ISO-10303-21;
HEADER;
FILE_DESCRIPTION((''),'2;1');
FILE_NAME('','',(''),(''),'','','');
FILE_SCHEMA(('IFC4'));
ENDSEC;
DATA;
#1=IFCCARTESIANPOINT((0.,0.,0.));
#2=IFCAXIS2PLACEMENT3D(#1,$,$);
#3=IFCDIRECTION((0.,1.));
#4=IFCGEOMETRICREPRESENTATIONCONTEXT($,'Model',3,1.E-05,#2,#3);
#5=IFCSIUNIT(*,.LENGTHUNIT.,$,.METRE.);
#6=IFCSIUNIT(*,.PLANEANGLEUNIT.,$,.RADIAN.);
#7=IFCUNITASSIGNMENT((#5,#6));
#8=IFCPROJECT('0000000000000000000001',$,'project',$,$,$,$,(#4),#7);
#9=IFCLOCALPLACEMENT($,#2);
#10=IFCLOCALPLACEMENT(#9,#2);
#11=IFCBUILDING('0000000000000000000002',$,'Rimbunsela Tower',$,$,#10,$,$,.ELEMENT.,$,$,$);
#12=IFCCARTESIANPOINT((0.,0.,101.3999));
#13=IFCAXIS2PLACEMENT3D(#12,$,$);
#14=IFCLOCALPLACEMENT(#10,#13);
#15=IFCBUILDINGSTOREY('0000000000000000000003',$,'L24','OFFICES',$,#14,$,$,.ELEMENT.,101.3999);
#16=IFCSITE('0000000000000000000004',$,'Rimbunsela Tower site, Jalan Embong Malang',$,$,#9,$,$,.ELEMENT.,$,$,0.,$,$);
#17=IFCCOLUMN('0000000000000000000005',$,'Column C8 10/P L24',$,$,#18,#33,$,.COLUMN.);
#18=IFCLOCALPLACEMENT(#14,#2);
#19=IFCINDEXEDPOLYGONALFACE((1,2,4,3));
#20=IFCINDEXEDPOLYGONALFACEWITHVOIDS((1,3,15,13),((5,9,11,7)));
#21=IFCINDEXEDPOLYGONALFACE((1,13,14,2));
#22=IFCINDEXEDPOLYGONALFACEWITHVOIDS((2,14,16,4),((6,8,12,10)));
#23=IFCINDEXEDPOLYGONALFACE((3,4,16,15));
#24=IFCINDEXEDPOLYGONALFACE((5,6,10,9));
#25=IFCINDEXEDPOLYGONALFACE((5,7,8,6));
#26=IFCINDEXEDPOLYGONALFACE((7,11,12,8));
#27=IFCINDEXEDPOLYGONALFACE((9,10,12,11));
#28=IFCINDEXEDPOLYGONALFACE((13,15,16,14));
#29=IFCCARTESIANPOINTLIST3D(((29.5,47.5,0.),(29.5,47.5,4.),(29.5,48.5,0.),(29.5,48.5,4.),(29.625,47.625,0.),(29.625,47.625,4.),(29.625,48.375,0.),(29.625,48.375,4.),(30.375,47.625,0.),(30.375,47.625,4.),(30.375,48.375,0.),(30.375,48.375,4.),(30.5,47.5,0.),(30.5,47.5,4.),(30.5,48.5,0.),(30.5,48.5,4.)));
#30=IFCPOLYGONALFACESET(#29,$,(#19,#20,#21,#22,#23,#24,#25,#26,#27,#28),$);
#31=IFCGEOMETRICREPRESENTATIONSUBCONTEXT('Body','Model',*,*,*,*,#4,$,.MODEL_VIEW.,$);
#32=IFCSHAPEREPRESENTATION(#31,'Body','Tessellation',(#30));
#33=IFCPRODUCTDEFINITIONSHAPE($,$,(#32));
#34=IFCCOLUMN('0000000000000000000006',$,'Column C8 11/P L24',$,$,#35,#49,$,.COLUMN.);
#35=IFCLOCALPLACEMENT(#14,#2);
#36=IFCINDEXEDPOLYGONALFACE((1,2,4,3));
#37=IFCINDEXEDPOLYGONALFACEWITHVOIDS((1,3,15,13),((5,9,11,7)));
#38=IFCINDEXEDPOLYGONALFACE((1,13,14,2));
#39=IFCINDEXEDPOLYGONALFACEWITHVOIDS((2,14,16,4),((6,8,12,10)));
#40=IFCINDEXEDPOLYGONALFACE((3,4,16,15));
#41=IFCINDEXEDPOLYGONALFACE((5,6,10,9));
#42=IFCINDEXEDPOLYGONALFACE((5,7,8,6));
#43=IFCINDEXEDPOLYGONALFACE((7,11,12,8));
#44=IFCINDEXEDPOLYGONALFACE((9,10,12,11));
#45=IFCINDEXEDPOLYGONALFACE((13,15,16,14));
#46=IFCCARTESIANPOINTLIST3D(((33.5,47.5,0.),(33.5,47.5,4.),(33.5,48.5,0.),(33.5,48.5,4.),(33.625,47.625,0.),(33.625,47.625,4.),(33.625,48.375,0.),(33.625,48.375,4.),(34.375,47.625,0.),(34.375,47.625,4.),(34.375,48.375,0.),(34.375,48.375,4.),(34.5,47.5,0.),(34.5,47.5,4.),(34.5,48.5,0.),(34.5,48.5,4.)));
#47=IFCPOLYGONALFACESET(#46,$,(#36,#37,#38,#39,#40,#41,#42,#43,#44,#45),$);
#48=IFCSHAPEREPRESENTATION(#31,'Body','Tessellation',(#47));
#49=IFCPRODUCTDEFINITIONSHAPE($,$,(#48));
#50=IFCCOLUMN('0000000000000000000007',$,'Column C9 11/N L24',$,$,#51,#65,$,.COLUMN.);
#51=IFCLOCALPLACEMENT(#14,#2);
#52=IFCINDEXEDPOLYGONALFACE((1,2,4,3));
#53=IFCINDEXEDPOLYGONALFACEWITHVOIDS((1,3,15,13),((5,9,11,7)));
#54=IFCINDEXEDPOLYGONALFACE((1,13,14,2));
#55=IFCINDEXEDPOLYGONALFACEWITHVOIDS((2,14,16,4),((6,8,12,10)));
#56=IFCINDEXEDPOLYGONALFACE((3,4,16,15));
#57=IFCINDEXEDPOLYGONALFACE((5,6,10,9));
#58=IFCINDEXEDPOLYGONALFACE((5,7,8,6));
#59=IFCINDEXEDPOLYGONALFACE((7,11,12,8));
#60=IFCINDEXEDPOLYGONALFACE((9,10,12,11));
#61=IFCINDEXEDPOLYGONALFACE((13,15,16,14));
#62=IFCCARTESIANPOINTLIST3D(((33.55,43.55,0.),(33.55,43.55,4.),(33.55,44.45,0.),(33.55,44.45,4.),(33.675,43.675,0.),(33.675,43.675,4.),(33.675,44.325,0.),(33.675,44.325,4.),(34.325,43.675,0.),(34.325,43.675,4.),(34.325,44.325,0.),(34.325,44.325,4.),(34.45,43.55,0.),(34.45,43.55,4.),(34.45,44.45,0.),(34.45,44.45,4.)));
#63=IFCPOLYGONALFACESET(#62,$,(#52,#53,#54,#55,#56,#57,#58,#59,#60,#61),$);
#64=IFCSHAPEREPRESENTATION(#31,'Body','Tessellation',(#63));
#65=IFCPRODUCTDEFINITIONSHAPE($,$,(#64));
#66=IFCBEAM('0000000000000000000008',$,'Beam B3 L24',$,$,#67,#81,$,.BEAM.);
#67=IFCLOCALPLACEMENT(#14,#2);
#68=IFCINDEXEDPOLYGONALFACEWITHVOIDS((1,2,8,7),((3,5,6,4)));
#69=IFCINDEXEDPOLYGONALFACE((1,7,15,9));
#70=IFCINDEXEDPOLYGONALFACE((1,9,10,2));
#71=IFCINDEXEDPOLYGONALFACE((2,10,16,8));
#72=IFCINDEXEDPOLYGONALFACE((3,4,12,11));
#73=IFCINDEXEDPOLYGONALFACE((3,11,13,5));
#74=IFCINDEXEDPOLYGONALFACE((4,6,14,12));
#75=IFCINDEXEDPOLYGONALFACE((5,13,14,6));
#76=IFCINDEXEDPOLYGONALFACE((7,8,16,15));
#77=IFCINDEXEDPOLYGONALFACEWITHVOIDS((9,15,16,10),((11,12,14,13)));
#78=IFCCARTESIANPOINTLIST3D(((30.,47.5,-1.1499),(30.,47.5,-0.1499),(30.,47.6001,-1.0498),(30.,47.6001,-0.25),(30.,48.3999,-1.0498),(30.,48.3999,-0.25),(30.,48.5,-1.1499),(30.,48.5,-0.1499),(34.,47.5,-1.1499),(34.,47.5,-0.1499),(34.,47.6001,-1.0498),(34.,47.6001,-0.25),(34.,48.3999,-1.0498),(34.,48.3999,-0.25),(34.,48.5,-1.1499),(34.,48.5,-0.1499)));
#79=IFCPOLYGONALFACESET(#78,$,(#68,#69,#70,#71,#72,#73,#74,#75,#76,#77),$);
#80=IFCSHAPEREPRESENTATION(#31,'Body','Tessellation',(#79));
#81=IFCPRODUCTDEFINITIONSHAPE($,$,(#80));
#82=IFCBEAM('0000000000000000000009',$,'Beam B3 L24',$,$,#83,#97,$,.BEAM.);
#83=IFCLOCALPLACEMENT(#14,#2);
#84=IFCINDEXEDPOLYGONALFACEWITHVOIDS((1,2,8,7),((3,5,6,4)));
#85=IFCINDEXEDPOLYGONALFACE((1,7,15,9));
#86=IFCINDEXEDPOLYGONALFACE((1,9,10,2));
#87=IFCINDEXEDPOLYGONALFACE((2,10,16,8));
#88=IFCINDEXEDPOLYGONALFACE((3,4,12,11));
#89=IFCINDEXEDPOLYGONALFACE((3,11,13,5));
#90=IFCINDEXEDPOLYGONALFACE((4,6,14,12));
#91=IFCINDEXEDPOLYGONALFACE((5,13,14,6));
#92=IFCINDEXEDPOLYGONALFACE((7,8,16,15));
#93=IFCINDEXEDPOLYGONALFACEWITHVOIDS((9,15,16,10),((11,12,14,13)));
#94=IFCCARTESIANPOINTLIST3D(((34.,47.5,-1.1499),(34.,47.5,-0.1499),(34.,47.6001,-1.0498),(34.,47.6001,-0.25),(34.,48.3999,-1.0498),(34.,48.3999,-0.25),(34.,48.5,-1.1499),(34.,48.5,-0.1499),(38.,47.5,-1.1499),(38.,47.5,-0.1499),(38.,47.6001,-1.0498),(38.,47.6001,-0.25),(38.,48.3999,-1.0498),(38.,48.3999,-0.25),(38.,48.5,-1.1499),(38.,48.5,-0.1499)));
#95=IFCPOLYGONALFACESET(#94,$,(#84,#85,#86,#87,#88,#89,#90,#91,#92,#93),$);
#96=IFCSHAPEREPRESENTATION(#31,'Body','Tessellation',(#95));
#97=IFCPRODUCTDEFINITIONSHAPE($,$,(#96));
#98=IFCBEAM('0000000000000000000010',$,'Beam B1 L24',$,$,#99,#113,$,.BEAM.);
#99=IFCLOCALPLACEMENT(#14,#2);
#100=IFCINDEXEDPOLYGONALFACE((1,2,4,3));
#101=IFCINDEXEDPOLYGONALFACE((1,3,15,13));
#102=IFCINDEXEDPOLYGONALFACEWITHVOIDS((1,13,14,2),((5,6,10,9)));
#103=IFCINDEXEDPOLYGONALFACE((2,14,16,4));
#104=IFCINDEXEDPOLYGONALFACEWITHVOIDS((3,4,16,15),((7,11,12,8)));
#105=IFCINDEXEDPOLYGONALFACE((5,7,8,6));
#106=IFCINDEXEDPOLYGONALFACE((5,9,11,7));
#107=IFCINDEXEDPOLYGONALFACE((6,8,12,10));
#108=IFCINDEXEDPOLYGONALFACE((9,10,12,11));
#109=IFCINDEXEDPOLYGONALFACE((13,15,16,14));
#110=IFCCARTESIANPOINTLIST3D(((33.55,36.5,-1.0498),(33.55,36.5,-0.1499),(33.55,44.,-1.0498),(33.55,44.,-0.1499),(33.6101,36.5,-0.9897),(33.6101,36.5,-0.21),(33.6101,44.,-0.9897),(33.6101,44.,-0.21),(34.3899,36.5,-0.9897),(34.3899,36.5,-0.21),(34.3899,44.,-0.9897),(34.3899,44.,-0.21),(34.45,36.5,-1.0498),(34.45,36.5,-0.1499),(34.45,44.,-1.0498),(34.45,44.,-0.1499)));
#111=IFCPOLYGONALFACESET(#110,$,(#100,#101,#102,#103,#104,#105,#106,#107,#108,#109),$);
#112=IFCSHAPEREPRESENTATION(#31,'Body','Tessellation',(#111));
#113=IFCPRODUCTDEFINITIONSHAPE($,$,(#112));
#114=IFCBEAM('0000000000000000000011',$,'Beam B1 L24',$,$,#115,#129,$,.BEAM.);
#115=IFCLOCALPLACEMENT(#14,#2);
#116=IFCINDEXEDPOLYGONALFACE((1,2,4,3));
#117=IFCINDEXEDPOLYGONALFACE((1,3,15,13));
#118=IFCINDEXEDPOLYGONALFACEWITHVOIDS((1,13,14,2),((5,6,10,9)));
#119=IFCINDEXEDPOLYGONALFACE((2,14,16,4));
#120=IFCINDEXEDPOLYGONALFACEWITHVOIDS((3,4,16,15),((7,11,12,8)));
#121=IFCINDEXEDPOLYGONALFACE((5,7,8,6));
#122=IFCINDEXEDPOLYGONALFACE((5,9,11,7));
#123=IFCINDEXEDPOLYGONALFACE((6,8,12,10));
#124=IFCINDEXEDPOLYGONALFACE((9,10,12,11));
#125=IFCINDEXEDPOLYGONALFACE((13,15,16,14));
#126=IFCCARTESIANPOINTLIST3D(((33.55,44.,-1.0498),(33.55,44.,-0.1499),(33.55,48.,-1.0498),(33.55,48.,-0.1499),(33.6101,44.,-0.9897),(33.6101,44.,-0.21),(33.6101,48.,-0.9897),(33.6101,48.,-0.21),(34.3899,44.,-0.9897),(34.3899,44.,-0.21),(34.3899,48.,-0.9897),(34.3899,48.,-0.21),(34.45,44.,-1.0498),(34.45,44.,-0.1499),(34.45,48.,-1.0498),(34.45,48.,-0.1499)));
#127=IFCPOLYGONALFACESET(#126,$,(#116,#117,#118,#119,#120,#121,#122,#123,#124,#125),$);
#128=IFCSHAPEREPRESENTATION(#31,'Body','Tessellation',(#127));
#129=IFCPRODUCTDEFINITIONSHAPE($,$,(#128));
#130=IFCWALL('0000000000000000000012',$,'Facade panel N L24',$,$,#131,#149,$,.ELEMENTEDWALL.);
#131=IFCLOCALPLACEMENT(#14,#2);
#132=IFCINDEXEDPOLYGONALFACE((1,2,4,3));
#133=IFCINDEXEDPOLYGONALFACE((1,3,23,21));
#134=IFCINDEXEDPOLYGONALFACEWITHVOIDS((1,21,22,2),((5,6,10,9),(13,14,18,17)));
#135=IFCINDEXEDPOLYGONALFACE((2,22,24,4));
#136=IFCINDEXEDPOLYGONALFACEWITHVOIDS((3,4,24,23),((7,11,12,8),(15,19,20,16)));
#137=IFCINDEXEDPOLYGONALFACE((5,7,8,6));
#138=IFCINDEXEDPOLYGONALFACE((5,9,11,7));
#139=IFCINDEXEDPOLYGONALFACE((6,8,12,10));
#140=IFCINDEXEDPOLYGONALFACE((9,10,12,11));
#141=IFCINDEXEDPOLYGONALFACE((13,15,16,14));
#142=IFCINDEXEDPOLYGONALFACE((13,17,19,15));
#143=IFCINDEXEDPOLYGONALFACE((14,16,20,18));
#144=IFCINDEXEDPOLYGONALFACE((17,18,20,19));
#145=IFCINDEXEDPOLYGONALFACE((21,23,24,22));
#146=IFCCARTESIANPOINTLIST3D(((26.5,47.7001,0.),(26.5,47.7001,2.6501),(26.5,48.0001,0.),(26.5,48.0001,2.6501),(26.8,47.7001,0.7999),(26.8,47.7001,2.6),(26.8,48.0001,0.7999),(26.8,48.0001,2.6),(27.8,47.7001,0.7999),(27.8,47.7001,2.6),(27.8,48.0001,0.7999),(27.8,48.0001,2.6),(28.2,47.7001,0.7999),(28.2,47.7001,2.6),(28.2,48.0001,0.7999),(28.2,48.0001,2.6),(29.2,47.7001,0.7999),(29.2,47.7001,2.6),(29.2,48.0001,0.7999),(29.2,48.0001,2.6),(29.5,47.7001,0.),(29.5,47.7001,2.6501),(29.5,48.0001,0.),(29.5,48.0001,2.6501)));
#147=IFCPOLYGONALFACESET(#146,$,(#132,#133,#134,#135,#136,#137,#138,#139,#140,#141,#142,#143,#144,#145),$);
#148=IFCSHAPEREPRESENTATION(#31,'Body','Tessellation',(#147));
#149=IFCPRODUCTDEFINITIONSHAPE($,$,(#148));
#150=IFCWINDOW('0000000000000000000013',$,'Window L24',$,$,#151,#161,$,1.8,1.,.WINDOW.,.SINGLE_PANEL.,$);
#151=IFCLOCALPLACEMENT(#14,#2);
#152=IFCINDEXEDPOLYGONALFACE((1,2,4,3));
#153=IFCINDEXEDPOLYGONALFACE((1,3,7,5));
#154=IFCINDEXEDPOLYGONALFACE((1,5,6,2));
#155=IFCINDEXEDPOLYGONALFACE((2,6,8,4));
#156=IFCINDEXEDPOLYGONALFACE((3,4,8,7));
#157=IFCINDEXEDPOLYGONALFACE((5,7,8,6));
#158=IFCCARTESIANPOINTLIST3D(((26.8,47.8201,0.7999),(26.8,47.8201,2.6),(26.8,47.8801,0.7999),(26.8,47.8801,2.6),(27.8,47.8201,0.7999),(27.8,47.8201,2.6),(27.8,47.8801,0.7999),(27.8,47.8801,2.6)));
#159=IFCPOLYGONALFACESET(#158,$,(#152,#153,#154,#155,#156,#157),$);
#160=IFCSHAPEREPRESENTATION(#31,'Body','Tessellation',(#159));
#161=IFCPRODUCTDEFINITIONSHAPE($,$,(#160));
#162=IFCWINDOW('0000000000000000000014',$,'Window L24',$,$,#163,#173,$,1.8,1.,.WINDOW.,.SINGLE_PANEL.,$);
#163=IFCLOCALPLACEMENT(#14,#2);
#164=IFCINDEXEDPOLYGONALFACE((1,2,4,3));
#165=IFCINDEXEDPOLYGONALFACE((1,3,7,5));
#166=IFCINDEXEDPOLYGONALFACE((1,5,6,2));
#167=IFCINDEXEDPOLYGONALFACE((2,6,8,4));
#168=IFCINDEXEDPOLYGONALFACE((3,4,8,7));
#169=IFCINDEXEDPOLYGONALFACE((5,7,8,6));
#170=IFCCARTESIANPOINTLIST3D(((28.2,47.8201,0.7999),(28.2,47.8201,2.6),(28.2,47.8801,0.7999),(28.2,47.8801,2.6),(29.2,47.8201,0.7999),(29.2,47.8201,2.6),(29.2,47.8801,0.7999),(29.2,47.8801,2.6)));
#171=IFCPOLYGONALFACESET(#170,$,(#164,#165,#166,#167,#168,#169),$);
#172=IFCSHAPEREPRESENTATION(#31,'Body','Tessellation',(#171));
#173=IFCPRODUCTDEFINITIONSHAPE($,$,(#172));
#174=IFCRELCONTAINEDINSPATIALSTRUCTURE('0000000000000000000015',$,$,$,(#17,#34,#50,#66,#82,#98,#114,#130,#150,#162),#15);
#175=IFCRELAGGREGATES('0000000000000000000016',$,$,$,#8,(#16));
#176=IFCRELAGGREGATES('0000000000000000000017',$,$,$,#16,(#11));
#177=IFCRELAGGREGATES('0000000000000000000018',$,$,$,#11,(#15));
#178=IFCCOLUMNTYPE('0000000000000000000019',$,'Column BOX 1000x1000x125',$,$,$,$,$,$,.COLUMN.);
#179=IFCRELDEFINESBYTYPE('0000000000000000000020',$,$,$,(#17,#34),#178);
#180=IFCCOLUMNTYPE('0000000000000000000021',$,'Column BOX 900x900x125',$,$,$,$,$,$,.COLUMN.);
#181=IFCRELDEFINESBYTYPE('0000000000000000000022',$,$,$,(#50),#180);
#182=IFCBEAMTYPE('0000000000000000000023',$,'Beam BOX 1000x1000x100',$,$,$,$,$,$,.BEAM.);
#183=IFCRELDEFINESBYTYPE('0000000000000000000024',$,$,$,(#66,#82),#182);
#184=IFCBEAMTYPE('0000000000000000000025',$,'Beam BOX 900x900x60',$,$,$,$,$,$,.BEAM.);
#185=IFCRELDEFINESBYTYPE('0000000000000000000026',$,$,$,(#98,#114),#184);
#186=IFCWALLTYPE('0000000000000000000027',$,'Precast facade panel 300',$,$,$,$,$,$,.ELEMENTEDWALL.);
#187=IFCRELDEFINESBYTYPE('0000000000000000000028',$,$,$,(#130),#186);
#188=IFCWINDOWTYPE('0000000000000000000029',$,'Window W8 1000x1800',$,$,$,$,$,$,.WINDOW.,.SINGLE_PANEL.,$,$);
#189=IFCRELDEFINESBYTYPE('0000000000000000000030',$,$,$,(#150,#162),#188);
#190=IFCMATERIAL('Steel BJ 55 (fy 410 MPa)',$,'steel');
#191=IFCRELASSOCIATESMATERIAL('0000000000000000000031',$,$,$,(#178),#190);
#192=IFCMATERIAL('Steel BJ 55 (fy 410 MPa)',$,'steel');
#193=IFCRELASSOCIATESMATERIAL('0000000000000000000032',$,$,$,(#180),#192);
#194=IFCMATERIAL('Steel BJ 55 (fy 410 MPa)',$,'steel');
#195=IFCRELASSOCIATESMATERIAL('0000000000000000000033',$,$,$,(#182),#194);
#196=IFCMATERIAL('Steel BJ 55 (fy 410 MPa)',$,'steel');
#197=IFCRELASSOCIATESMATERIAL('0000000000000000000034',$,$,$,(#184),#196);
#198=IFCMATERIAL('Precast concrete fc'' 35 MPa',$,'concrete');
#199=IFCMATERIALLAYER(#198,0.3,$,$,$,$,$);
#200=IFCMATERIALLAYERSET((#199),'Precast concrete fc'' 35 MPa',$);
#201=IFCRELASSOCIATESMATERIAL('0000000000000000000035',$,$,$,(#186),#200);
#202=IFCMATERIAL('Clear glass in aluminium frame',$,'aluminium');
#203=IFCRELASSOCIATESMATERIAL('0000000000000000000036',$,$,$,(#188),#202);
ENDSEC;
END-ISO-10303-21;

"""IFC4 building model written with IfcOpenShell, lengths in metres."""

from ifc_helpers import new_model, si_unit, direction, frame, frame_2d, origin, origin_2d, place, context, subcontext, project, spatial, rectangle, hollow_rectangle, extrude, material, layer, layer_set, material_profile, profile_set, type_object, element, fill, save


model = new_model("IFC4")

# Units and contexts
model_context = context("Model", 3, precision=1e-05, world=origin(), true_north=direction((0.0, 1.0)))
body_context = subcontext(model_context, "Body", "Model", "MODEL_VIEW")
ifc_project = project(units=[si_unit("LENGTHUNIT", "METRE"), si_unit("PLANEANGLEUNIT", "RADIAN")], contexts=[model_context])

# Site, building, storey
site_placement = place(None, origin())
site = spatial("IfcSite", under=ifc_project, at=site_placement, Name="Rimbunsela Tower site, Jalan Embong Malang", CompositionType="ELEMENT", RefElevation=0.0)
building_placement = place(site_placement, origin())
building = spatial("IfcBuilding", under=site, at=building_placement, Name="Rimbunsela Tower", CompositionType="ELEMENT")
storey_placement = place(building_placement, frame((0.0, 0.0, 101.3999)))
storey = spatial("IfcBuildingStorey", under=building, at=storey_placement, Name="L24", Description="OFFICES", CompositionType="ELEMENT", Elevation=101.3999)

# Columns
ifc_material_1 = material(Name="Steel BJ 55 (fy 410 MPa)", Category="steel")
ifc_material_profile_1 = material_profile(ifc_material_1, hollow_rectangle(XDim=1.0, YDim=1.0, WallThickness=0.125, at=origin_2d()), Name="BOX 1000x1000x125")
ifc_profile_set_1 = profile_set([ifc_material_profile_1], Name="Steel BJ 55 (fy 410 MPa)")
column_type_1 = type_object("IfcColumnType", Name="Column BOX 1000x1000x125", PredefinedType="COLUMN", material=ifc_profile_set_1)
for number, where, z_axis, x_axis, name in (
    (1, (30.0, 48.0, 0.0), (0.0, 0.0, 1.0), (1.0, 0.0, 0.0), "Column C8 10/P L24"),
    (2, (34.0, 48.0, 0.0), (0.0, 0.0, 1.0), (1.0, 0.0, 0.0), "Column C8 11/P L24"),
):
    element("IfcColumn", number, at=place(storey_placement, frame(where, z_axis=z_axis, x_axis=x_axis)), inside=storey, type_object=column_type_1, Name=name, PredefinedType="COLUMN", context=body_context, shape_type="SweptSolid", body=[
        extrude(hollow_rectangle(XDim=1.0, YDim=1.0, WallThickness=0.125, at=origin_2d()), origin(), (0.0, 0.0, 1.0), 4.0),
    ])
ifc_material_2 = material(Name="Steel BJ 55 (fy 410 MPa)", Category="steel")
ifc_material_profile_2 = material_profile(ifc_material_2, hollow_rectangle(XDim=0.8999, YDim=0.8999, WallThickness=0.125, at=origin_2d()), Name="BOX 900x900x125")
ifc_profile_set_2 = profile_set([ifc_material_profile_2], Name="Steel BJ 55 (fy 410 MPa)")
column_type_2 = type_object("IfcColumnType", Name="Column BOX 900x900x125", PredefinedType="COLUMN", material=ifc_profile_set_2)
column_placement = place(storey_placement, frame((34.0, 44.0, 0.0), z_axis=(0.0, 0.0, 1.0), x_axis=(1.0, 0.0, 0.0)))
element("IfcColumn", 3, at=column_placement, inside=storey, type_object=column_type_2, Name="Column C9 11/N L24", PredefinedType="COLUMN", context=body_context, shape_type="SweptSolid", body=[
    extrude(hollow_rectangle(XDim=0.8999, YDim=0.8999, WallThickness=0.125, at=origin_2d()), origin(), (0.0, 0.0, 1.0), 4.0),
])

# Beams
ifc_material_3 = material(Name="Steel BJ 55 (fy 410 MPa)", Category="steel")
ifc_material_profile_3 = material_profile(ifc_material_3, hollow_rectangle(XDim=1.0, YDim=1.0, WallThickness=0.1001, at=origin_2d()), Name="BOX 1000x1000x100")
ifc_profile_set_3 = profile_set([ifc_material_profile_3], Name="Steel BJ 55 (fy 410 MPa)")
beam_type_1 = type_object("IfcBeamType", Name="Beam BOX 1000x1000x100", PredefinedType="BEAM", material=ifc_profile_set_3)
for number, where, z_axis, x_axis, name in (
    (4, (30.0, 48.0, -0.6499), (1.0, 0.0, 0.0), (0.0, 1.0, 0.0), "Beam B3 L24"),
    (5, (34.0, 48.0, -0.6499), (1.0, 0.0, 0.0), (0.0, 1.0, 0.0), "Beam B3 L24"),
):
    element("IfcBeam", number, at=place(storey_placement, frame(where, z_axis=z_axis, x_axis=x_axis)), inside=storey, type_object=beam_type_1, Name=name, PredefinedType="BEAM", context=body_context, shape_type="SweptSolid", body=[
        extrude(hollow_rectangle(XDim=1.0, YDim=1.0, WallThickness=0.1001, at=origin_2d()), origin(), (0.0, 0.0, 1.0), 4.0),
    ])
ifc_material_4 = material(Name="Steel BJ 55 (fy 410 MPa)", Category="steel")
ifc_material_profile_4 = material_profile(ifc_material_4, hollow_rectangle(XDim=0.8999, YDim=0.8999, WallThickness=0.0601, at=origin_2d()), Name="BOX 900x900x60")
ifc_profile_set_4 = profile_set([ifc_material_profile_4], Name="Steel BJ 55 (fy 410 MPa)")
beam_type_2 = type_object("IfcBeamType", Name="Beam BOX 900x900x60", PredefinedType="BEAM", material=ifc_profile_set_4)
beam_1_placement = place(storey_placement, frame((34.0, 36.5, -0.5999), z_axis=(0.0, 1.0, 0.0), x_axis=(-1.0, 0.0, 0.0)))
element("IfcBeam", 6, at=beam_1_placement, inside=storey, type_object=beam_type_2, Name="Beam B1 L24", PredefinedType="BEAM", context=body_context, shape_type="SweptSolid", body=[
    extrude(hollow_rectangle(XDim=0.8999, YDim=0.8999, WallThickness=0.0601, at=origin_2d()), origin(), (0.0, 0.0, 1.0), 7.5),
])
beam_2_placement = place(storey_placement, frame((34.0, 44.0, -0.5999), z_axis=(0.0, 1.0, 0.0), x_axis=(-1.0, 0.0, 0.0)))
element("IfcBeam", 7, at=beam_2_placement, inside=storey, type_object=beam_type_2, Name="Beam B1 L24", PredefinedType="BEAM", context=body_context, shape_type="SweptSolid", body=[
    extrude(hollow_rectangle(XDim=0.8999, YDim=0.8999, WallThickness=0.0601, at=origin_2d()), origin(), (0.0, 0.0, 1.0), 4.0),
])

# Wall, openings, windows
ifc_material_5 = material(Name="Precast concrete fc' 35 MPa", Category="concrete")
ifc_layer_1 = layer(ifc_material_5, 0.3)
ifc_layer_set_1 = layer_set([ifc_layer_1], Name="Precast concrete fc' 35 MPa")
wall_type_1 = type_object("IfcWallType", Name="Precast facade panel 300", PredefinedType="ELEMENTEDWALL", material=ifc_layer_set_1)
wall_1_placement = place(storey_placement, frame((29.5, 47.8501, 0.0), z_axis=(0.0, 0.0, 1.0), x_axis=(-1.0, 0.0, 0.0)))
wall_1 = element("IfcWall", 8, at=wall_1_placement, inside=storey, type_object=wall_type_1, Name="Facade panel N L24", PredefinedType="ELEMENTEDWALL", context=body_context, shape_type="SweptSolid", body=[
    extrude(rectangle(XDim=3.0, YDim=0.3, at=frame_2d((1.5, 0.0))), origin(), (0.0, 0.0, 1.0), 2.6501),
])
opening_1_placement = place(wall_1_placement, frame((1.7, 0.0, 0.8)))
opening_1 = element("IfcOpeningElement", 9, at=opening_1_placement, cuts=wall_1, PredefinedType="OPENING", context=body_context, shape_type="SweptSolid", body=[
    extrude(rectangle(XDim=1.0, YDim=1.8, at=frame_2d((0.5, 0.8999))), frame((0.0, 0.1599, 0.0), z_axis=(0.0, -1.0, 0.0), x_axis=(1.0, 0.0, 0.0)), (0.0, 0.0, 1.0), 0.3201),
])
opening_2_placement = place(wall_1_placement, frame((0.3, 0.0, 0.8)))
opening_2 = element("IfcOpeningElement", 10, at=opening_2_placement, cuts=wall_1, PredefinedType="OPENING", context=body_context, shape_type="SweptSolid", body=[
    extrude(rectangle(XDim=1.0, YDim=1.8, at=frame_2d((0.5, 0.8999))), frame((0.0, 0.1599, 0.0), z_axis=(0.0, -1.0, 0.0), x_axis=(1.0, 0.0, 0.0)), (0.0, 0.0, 1.0), 0.3201),
])
ifc_material_6 = material(Name="Clear glass in aluminium frame", Category="aluminium")
window_type_1 = type_object("IfcWindowType", Name="Window W8 1000x1800", PartitioningType="SINGLE_PANEL", PredefinedType="WINDOW", material=ifc_material_6)
window_1_placement = place(opening_1_placement, origin())
window_1 = element("IfcWindow", 11, at=window_1_placement, inside=storey, type_object=window_type_1, Name="Window L24", OverallHeight=1.8, OverallWidth=1.0, PartitioningType="SINGLE_PANEL", PredefinedType="WINDOW", context=body_context, shape_type="SweptSolid", body=[
    extrude(rectangle(XDim=1.0, YDim=1.8, at=frame_2d((0.5, 0.8999))), frame((0.0, 0.03, 0.0), z_axis=(0.0, -1.0, 0.0), x_axis=(1.0, 0.0, 0.0)), (0.0, 0.0, 1.0), 0.0601),
])
fill(opening_1, window_1)
window_2_placement = place(opening_2_placement, origin())
window_2 = element("IfcWindow", 12, at=window_2_placement, inside=storey, type_object=window_type_1, Name="Window L24", OverallHeight=1.8, OverallWidth=1.0, PartitioningType="SINGLE_PANEL", PredefinedType="WINDOW", context=body_context, shape_type="SweptSolid", body=[
    extrude(rectangle(XDim=1.0, YDim=1.8, at=frame_2d((0.5, 0.8999))), frame((0.0, 0.03, 0.0), z_axis=(0.0, -1.0, 0.0), x_axis=(1.0, 0.0, 0.0)), (0.0, 0.0, 1.0), 0.0601),
])
fill(opening_2, window_2)

save(model, "model.ifc")
